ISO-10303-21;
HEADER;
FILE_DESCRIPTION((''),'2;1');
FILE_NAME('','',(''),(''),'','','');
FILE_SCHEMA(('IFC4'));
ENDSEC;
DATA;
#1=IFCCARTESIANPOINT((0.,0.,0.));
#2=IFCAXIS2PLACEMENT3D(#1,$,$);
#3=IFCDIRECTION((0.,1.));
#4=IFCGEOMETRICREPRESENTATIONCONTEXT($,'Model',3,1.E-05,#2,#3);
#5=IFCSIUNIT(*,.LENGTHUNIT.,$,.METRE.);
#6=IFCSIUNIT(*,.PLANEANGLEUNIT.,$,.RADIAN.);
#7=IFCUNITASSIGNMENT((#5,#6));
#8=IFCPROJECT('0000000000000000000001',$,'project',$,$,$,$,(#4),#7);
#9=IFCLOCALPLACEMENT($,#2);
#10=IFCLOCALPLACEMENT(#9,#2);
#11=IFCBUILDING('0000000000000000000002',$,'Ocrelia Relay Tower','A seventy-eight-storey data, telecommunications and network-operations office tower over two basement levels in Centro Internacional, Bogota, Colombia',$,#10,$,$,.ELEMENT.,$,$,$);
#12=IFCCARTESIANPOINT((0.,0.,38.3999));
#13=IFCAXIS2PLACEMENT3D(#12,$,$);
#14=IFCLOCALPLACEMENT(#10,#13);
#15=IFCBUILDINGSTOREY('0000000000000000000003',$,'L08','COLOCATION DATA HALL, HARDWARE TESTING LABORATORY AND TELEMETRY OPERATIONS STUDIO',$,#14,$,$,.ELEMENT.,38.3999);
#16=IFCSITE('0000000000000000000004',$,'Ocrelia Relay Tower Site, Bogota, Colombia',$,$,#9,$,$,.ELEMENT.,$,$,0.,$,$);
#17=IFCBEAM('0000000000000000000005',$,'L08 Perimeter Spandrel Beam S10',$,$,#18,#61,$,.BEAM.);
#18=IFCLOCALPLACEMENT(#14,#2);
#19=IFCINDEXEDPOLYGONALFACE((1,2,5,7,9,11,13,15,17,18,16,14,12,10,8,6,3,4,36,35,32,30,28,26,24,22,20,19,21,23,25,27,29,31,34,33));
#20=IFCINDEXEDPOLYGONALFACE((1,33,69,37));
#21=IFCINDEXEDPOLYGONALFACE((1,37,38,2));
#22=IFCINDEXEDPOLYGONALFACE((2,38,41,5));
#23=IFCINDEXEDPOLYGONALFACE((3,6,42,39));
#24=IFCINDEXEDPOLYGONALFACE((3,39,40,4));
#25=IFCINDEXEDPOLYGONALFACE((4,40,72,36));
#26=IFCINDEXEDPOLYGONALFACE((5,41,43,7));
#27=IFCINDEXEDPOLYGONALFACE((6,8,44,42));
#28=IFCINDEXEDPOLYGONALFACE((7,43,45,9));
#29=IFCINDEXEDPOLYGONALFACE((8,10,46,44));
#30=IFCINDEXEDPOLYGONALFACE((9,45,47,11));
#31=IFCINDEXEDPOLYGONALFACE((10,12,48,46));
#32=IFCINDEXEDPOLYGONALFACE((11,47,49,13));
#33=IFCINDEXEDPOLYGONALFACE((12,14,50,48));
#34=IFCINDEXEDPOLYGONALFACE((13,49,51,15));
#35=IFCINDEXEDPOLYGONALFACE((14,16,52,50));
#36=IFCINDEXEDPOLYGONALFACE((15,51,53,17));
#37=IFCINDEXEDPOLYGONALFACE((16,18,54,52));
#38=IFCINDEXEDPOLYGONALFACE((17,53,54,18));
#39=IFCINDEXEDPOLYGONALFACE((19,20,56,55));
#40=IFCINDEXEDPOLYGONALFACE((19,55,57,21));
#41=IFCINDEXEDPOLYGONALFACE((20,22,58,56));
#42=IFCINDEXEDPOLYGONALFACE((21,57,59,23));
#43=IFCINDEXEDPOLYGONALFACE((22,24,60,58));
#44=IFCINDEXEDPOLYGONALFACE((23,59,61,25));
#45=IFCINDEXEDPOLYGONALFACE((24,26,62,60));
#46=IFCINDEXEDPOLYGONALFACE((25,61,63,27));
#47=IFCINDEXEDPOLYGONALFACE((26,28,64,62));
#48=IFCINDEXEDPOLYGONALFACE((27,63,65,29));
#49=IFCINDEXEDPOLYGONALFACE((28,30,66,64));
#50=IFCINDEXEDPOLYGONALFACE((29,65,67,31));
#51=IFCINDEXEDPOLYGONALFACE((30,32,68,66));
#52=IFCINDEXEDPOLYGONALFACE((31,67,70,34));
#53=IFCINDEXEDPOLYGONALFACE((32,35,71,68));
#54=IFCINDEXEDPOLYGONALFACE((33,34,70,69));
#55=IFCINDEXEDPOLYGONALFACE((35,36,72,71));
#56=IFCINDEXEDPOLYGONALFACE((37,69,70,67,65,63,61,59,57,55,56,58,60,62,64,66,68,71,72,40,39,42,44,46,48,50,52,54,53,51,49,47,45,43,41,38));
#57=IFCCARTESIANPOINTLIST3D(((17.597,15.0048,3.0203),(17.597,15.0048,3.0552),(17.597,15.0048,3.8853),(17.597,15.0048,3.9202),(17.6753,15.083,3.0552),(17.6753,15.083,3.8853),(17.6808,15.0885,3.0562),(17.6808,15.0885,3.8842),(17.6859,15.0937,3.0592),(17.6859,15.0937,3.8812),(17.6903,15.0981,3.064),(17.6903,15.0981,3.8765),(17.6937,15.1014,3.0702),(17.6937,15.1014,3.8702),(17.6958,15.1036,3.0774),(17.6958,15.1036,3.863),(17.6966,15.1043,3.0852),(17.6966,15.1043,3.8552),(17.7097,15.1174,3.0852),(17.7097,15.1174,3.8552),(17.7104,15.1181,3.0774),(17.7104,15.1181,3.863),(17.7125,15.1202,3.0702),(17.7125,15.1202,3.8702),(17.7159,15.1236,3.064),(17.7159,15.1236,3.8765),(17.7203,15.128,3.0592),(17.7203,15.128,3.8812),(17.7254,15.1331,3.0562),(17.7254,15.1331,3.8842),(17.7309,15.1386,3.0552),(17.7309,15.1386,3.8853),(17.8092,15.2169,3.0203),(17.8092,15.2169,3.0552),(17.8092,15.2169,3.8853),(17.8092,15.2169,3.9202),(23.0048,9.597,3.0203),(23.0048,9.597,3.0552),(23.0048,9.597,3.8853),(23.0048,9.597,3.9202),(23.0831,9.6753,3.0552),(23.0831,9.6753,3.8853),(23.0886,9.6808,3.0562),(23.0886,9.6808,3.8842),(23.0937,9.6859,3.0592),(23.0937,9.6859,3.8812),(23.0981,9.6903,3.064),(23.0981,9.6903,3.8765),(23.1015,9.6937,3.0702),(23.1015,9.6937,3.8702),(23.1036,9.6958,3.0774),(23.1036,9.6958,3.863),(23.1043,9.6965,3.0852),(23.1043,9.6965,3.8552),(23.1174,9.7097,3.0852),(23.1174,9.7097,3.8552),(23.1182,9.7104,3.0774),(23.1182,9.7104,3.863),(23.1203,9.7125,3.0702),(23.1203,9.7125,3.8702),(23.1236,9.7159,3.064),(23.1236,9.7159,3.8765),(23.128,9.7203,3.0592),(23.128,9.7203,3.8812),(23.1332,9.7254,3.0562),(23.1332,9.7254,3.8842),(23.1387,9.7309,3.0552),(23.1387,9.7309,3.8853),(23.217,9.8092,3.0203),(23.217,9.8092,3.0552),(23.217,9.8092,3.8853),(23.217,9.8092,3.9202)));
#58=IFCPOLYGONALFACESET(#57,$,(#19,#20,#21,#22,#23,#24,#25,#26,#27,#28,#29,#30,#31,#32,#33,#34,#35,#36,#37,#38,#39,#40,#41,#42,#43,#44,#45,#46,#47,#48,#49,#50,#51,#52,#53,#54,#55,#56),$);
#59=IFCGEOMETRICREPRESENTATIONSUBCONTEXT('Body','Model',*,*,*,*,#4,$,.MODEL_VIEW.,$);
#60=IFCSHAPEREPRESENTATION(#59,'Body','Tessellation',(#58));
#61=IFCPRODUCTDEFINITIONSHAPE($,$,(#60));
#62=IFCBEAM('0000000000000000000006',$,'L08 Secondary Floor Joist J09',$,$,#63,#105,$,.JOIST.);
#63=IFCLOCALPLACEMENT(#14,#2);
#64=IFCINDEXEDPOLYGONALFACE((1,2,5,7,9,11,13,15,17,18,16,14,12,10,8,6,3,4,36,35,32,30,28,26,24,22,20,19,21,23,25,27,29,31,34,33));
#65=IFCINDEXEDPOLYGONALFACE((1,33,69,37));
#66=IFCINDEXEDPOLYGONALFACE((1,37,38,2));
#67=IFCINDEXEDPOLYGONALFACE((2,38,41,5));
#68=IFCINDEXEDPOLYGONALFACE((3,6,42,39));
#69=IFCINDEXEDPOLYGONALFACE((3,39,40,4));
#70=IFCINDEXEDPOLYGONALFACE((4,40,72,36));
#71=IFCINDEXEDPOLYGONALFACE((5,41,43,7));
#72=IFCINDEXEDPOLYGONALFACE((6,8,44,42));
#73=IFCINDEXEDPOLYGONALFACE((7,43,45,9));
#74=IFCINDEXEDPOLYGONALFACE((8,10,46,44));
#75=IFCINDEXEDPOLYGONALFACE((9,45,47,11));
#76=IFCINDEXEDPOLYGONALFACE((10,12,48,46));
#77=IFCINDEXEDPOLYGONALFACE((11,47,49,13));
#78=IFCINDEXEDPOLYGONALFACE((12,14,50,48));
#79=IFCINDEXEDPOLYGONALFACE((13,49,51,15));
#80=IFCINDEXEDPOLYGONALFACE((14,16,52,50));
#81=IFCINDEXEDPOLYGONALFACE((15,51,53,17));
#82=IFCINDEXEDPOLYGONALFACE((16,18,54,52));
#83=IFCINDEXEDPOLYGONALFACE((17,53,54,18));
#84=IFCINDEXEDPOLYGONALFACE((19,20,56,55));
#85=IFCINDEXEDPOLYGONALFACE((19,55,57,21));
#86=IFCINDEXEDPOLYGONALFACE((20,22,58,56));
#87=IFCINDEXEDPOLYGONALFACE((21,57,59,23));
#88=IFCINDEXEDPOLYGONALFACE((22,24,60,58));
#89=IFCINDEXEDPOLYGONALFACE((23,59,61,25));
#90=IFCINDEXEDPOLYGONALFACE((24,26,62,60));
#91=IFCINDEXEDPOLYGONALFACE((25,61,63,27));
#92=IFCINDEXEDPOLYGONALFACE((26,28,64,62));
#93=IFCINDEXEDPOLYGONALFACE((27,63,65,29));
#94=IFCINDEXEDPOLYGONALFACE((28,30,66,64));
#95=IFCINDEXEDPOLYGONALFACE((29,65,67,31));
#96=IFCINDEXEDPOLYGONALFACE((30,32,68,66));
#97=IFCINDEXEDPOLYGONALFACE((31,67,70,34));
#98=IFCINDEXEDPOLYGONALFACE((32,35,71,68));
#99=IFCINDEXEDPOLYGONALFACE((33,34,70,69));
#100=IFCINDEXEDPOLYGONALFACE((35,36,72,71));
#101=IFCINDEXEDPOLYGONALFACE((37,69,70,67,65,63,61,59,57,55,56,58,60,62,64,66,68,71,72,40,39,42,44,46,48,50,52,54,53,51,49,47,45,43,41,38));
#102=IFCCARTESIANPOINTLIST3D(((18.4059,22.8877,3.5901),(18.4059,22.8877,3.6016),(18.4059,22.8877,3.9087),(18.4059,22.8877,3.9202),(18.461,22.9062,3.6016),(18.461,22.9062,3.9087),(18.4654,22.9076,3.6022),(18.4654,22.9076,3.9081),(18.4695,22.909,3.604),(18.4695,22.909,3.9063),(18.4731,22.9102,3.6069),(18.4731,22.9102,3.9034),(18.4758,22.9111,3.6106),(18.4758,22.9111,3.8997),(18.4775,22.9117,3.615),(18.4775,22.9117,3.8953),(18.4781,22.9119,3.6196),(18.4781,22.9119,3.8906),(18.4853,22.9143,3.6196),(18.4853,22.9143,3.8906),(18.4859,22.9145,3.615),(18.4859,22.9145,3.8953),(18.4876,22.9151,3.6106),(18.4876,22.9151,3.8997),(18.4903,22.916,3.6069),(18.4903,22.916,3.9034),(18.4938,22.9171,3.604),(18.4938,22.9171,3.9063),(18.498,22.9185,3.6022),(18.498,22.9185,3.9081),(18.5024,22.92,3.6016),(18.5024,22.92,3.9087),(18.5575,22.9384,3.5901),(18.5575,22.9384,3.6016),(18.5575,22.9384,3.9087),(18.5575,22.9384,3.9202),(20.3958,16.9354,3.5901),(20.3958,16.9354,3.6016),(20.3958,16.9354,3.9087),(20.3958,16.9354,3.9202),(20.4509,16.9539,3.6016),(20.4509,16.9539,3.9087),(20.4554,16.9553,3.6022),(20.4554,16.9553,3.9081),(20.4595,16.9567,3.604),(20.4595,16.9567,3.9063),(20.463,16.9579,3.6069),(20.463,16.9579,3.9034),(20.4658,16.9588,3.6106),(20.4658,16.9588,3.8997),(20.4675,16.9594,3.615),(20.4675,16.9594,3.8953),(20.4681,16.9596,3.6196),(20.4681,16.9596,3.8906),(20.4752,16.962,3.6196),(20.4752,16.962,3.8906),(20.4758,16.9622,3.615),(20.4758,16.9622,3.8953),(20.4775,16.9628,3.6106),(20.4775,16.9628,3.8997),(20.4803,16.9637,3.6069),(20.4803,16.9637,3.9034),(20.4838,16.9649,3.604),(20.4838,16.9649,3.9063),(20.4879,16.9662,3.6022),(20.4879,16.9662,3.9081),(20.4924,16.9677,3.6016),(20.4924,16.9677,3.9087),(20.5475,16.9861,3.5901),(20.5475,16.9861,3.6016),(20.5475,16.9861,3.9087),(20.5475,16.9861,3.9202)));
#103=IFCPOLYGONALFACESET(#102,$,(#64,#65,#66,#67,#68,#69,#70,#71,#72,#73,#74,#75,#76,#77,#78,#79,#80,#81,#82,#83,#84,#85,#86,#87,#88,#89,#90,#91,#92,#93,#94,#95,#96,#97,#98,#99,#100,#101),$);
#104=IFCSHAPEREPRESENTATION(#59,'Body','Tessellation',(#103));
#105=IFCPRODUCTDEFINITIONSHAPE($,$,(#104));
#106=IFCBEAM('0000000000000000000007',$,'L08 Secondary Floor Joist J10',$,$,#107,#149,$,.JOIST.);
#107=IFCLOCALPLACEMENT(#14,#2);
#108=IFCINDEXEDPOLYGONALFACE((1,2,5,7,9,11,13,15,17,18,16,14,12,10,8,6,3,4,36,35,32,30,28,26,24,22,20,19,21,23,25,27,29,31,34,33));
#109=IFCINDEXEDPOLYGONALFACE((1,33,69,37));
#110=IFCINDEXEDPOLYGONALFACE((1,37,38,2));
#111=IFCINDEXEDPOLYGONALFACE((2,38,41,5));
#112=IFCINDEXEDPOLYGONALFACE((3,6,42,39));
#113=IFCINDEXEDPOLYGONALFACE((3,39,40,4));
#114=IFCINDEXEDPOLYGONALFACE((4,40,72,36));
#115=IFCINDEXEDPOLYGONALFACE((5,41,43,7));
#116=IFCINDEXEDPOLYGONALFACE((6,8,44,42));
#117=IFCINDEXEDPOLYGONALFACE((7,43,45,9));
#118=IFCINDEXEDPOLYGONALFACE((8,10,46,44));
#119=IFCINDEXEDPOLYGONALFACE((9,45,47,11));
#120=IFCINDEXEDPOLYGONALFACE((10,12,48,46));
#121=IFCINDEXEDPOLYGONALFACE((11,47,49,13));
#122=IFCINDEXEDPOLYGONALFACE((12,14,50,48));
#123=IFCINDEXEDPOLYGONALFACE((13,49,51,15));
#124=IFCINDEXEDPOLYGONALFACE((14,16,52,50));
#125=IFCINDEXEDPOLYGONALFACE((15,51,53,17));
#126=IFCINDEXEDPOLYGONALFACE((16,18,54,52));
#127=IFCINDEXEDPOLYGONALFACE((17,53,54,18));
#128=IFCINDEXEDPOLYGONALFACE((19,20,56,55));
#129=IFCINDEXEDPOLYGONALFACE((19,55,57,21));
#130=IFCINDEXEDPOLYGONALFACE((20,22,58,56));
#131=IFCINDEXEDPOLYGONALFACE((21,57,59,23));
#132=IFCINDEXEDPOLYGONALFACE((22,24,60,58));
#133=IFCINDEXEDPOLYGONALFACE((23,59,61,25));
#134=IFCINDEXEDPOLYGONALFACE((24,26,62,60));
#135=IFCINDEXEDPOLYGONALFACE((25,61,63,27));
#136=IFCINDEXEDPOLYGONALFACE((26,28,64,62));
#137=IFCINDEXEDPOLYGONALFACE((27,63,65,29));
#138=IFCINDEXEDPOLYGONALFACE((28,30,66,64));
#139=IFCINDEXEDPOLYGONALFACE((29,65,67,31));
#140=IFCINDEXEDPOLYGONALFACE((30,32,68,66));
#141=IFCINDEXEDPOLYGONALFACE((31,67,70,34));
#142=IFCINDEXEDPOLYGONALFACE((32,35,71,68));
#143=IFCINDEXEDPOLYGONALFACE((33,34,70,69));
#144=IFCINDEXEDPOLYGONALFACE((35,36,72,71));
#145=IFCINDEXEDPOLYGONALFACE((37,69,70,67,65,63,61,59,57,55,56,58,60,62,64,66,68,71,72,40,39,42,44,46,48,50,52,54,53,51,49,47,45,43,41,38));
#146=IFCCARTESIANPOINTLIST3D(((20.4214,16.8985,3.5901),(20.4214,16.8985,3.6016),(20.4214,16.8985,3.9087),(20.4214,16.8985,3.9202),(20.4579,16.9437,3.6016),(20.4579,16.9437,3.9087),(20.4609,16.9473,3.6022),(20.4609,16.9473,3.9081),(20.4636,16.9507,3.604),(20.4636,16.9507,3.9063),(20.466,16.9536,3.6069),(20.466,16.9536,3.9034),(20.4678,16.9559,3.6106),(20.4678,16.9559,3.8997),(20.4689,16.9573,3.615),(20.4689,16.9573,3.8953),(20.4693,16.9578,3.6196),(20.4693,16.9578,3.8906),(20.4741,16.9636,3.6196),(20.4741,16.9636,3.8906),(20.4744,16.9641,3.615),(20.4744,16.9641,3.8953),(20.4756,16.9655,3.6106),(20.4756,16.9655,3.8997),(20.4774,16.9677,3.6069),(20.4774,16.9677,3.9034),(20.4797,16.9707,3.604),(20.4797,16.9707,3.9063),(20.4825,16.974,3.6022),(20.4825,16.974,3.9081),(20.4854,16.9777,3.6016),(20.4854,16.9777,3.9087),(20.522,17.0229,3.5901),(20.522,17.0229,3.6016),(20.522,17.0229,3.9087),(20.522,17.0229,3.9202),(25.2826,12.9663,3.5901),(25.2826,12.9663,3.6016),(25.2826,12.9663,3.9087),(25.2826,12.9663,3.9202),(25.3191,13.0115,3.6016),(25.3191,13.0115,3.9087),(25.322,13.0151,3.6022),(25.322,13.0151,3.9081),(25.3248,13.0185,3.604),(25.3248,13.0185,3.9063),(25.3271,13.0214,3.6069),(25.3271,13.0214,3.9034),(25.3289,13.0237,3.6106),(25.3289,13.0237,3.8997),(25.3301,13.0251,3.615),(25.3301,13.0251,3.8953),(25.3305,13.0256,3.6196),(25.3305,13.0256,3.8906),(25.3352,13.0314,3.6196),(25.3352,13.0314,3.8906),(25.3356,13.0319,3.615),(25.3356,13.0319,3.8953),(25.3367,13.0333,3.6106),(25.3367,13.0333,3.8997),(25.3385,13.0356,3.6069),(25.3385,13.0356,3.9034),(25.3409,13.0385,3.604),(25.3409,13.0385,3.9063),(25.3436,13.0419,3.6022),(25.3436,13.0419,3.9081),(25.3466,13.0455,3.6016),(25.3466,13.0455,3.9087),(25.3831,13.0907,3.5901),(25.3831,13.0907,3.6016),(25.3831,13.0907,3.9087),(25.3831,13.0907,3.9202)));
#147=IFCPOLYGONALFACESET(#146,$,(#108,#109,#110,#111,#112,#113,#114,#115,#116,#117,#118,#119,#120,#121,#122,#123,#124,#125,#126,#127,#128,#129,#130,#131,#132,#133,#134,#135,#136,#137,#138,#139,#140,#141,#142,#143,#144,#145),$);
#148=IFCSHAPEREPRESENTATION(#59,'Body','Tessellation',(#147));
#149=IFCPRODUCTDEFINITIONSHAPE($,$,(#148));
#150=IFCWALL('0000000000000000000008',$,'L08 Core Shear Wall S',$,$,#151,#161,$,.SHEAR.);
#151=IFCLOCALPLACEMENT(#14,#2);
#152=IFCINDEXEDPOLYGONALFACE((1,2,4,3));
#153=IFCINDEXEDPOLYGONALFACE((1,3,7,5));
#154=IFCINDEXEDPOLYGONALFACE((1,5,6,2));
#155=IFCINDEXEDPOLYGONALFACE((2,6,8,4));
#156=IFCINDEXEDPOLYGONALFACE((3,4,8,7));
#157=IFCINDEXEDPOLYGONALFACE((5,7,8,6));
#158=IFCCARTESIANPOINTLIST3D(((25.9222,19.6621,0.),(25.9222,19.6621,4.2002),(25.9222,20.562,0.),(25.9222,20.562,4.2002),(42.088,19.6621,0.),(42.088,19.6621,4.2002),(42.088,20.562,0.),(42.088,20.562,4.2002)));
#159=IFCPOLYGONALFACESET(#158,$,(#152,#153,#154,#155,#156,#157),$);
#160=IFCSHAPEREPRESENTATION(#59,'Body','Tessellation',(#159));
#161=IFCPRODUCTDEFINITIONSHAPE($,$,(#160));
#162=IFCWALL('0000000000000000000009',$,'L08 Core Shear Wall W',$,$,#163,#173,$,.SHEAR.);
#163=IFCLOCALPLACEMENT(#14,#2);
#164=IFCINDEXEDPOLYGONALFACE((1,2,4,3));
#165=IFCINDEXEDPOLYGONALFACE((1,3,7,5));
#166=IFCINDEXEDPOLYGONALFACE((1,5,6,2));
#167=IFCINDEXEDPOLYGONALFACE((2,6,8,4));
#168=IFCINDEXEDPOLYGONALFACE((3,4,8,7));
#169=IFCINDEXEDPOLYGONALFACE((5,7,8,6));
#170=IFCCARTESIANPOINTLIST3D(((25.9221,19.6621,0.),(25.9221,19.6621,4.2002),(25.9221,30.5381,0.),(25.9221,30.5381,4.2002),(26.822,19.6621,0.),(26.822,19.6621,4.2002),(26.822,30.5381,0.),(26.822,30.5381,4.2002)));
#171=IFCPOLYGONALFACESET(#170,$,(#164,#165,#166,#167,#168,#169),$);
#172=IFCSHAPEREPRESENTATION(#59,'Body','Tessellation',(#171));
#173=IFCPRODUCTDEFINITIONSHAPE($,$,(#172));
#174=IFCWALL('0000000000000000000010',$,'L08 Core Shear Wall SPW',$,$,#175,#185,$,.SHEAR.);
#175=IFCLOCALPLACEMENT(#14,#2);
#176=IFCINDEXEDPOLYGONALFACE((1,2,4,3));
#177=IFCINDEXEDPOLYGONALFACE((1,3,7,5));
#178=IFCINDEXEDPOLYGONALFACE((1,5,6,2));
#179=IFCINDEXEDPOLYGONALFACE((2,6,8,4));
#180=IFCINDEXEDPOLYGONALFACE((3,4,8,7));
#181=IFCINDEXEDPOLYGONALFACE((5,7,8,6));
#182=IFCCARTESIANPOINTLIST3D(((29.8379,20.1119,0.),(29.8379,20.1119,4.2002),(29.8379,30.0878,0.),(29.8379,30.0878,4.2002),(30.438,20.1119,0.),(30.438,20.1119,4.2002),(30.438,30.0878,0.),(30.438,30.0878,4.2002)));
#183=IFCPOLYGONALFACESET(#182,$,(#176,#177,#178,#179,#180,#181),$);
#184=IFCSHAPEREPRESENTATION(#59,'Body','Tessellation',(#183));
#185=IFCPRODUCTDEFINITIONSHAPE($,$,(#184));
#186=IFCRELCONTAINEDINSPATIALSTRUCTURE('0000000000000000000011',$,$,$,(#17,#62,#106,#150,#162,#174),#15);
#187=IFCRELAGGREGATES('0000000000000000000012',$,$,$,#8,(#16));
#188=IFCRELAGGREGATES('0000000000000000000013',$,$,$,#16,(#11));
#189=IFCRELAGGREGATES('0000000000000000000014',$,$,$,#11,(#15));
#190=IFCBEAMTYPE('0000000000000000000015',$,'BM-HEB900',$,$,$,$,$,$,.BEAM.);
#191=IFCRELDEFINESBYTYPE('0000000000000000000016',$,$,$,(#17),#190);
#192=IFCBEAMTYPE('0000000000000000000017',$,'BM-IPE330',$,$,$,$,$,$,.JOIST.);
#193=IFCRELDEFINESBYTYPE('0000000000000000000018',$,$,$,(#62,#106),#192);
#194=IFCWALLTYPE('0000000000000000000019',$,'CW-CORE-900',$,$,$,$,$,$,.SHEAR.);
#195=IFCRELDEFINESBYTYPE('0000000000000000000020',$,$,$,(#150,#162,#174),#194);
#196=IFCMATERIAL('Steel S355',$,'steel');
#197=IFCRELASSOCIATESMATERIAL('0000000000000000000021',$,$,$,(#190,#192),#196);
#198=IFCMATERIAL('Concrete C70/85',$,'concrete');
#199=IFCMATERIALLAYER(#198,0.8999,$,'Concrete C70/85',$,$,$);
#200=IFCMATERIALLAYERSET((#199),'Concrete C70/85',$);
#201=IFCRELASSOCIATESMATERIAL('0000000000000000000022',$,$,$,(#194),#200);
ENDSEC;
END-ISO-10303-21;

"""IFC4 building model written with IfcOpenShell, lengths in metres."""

from ifc_helpers import new_model, si_unit, direction, frame, frame_2d, origin, origin_2d, place, context, subcontext, project, spatial, rectangle, i_section, extrude, material, layer, layer_set, material_profile, profile_set, type_object, element, save


model = new_model("IFC4")

# Units and contexts
model_context = context("Model", 3, precision=1e-05, world=origin(), true_north=direction((0.0, 1.0)))
body_context = subcontext(model_context, "Body", "Model", "MODEL_VIEW")
ifc_project = project(units=[si_unit("LENGTHUNIT", "METRE"), si_unit("PLANEANGLEUNIT", "RADIAN")], contexts=[model_context])

# Site, building, storey
site_placement = place(None, origin())
site = spatial("IfcSite", under=ifc_project, at=site_placement, Name="Ocrelia Relay Tower Site, Bogota, Colombia", CompositionType="ELEMENT", RefElevation=0.0)
building_placement = place(site_placement, origin())
building = spatial("IfcBuilding", under=site, at=building_placement, Name="Ocrelia Relay Tower", Description="A seventy-eight-storey data, telecommunications and network-operations office tower over two basement levels in Centro Internacional, Bogota, Colombia", CompositionType="ELEMENT")
storey_placement = place(building_placement, frame((0.0, 0.0, 38.3999)))
storey = spatial("IfcBuildingStorey", under=building, at=storey_placement, Name="L08", Description="COLOCATION DATA HALL, HARDWARE TESTING LABORATORY AND TELEMETRY OPERATIONS STUDIO", CompositionType="ELEMENT", Elevation=38.3999)

# Shared definitions
ifc_material_1 = material(Name="Concrete C70/85", Category="concrete")

# Beams
ifc_material_2 = material(Name="Steel S355", Category="steel")
ifc_material_profile_1 = material_profile(ifc_material_2, i_section(OverallWidth=0.3, OverallDepth=0.8999, WebThickness=0.0186, FlangeThickness=0.0349, FilletRadius=0.03, at=origin_2d()), Name="HEB 900")
ifc_profile_set_1 = profile_set([ifc_material_profile_1], Name="Steel S355")
beam_type_1 = type_object("IfcBeamType", Name="BM-HEB900", PredefinedType="BEAM", material=ifc_profile_set_1)
beam_1_placement = place(storey_placement, frame((17.7031, 15.1108, 3.4702), z_axis=(0.707107, -0.707107, 0.0), x_axis=(0.707107, 0.707107, 0.0)))
element("IfcBeam", 1, at=beam_1_placement, inside=storey, type_object=beam_type_1, Name="L08 Perimeter Spandrel Beam S10", PredefinedType="BEAM", context=body_context, shape_type="SweptSolid", body=[
    extrude(i_section(OverallWidth=0.3, OverallDepth=0.8999, WebThickness=0.0186, FlangeThickness=0.0349, FilletRadius=0.03, at=origin_2d()), origin(), (0.0, 0.0, 1.0), 7.6477),
])
ifc_material_profile_2 = material_profile(ifc_material_2, i_section(OverallWidth=0.1599, OverallDepth=0.3301, WebThickness=0.0076, FlangeThickness=0.0115, FilletRadius=0.0181, at=origin_2d()), Name="IPE 330")
ifc_profile_set_2 = profile_set([ifc_material_profile_2], Name="Steel S355")
beam_type_2 = type_object("IfcBeamType", Name="BM-IPE330", PredefinedType="JOIST", material=ifc_profile_set_2)
beam_2_placement = place(storey_placement, frame((18.4817, 22.9131, 3.7551), z_axis=(0.317068, -0.948403, 0.0), x_axis=(0.948403, 0.317068, 0.0)))
element("IfcBeam", 2, at=beam_2_placement, inside=storey, type_object=beam_type_2, Name="L08 Secondary Floor Joist J09", PredefinedType="JOIST", context=body_context, shape_type="SweptSolid", body=[
    extrude(i_section(OverallWidth=0.1599, OverallDepth=0.3301, WebThickness=0.0076, FlangeThickness=0.0115, FilletRadius=0.0181, at=origin_2d()), origin(), (0.0, 0.0, 1.0), 6.2761),
])
beam_3_placement = place(storey_placement, frame((20.4717, 16.9607, 3.7551), z_axis=(0.777482, -0.628905, 0.0), x_axis=(0.628905, 0.777482, 0.0)))
element("IfcBeam", 3, at=beam_3_placement, inside=storey, type_object=beam_type_2, Name="L08 Secondary Floor Joist J10", PredefinedType="JOIST", context=body_context, shape_type="SweptSolid", body=[
    extrude(i_section(OverallWidth=0.1599, OverallDepth=0.3301, WebThickness=0.0076, FlangeThickness=0.0115, FilletRadius=0.0181, at=origin_2d()), origin(), (0.0, 0.0, 1.0), 6.2524),
])

# Walls
ifc_layer_1 = layer(ifc_material_1, 0.8999, Name="Concrete C70/85")
ifc_layer_set_1 = layer_set([ifc_layer_1], Name="Concrete C70/85")
wall_type_1 = type_object("IfcWallType", Name="CW-CORE-900", PredefinedType="SHEAR", material=ifc_layer_set_1)
wall_1_placement = place(storey_placement, frame((25.9221, 20.1121, 0.0), z_axis=(0.0, 0.0, 1.0), x_axis=(1.0, 0.0, 0.0)))
element("IfcWall", 4, at=wall_1_placement, inside=storey, type_object=wall_type_1, Name="L08 Core Shear Wall S", PredefinedType="SHEAR", context=body_context, shape_type="SweptSolid", body=[
    extrude(rectangle(XDim=16.1658, YDim=0.8999, at=frame_2d((8.083, 0.0))), origin(), (0.0, 0.0, 1.0), 4.2002),
])
wall_2_placement = place(storey_placement, frame((26.3721, 19.6621, 0.0), z_axis=(0.0, 0.0, 1.0), x_axis=(0.0, 1.0, 0.0)))
element("IfcWall", 5, at=wall_2_placement, inside=storey, type_object=wall_type_1, Name="L08 Core Shear Wall W", PredefinedType="SHEAR", context=body_context, shape_type="SweptSolid", body=[
    extrude(rectangle(XDim=10.876, YDim=0.8999, at=frame_2d((5.438, 0.0))), origin(), (0.0, 0.0, 1.0), 4.2002),
])
wall_3_placement = place(storey_placement, frame((30.1379, 20.1121, 0.0), z_axis=(0.0, 0.0, 1.0), x_axis=(0.0, 1.0, 0.0)))
element("IfcWall", 6, at=wall_3_placement, inside=storey, type_object=wall_type_1, Name="L08 Core Shear Wall SPW", PredefinedType="SHEAR", context=body_context, shape_type="SweptSolid", body=[
    extrude(rectangle(XDim=9.9758, YDim=0.6001, at=frame_2d((4.9878, 0.0))), origin(), (0.0, 0.0, 1.0), 4.2002),
])

save(model, "model.ifc")
